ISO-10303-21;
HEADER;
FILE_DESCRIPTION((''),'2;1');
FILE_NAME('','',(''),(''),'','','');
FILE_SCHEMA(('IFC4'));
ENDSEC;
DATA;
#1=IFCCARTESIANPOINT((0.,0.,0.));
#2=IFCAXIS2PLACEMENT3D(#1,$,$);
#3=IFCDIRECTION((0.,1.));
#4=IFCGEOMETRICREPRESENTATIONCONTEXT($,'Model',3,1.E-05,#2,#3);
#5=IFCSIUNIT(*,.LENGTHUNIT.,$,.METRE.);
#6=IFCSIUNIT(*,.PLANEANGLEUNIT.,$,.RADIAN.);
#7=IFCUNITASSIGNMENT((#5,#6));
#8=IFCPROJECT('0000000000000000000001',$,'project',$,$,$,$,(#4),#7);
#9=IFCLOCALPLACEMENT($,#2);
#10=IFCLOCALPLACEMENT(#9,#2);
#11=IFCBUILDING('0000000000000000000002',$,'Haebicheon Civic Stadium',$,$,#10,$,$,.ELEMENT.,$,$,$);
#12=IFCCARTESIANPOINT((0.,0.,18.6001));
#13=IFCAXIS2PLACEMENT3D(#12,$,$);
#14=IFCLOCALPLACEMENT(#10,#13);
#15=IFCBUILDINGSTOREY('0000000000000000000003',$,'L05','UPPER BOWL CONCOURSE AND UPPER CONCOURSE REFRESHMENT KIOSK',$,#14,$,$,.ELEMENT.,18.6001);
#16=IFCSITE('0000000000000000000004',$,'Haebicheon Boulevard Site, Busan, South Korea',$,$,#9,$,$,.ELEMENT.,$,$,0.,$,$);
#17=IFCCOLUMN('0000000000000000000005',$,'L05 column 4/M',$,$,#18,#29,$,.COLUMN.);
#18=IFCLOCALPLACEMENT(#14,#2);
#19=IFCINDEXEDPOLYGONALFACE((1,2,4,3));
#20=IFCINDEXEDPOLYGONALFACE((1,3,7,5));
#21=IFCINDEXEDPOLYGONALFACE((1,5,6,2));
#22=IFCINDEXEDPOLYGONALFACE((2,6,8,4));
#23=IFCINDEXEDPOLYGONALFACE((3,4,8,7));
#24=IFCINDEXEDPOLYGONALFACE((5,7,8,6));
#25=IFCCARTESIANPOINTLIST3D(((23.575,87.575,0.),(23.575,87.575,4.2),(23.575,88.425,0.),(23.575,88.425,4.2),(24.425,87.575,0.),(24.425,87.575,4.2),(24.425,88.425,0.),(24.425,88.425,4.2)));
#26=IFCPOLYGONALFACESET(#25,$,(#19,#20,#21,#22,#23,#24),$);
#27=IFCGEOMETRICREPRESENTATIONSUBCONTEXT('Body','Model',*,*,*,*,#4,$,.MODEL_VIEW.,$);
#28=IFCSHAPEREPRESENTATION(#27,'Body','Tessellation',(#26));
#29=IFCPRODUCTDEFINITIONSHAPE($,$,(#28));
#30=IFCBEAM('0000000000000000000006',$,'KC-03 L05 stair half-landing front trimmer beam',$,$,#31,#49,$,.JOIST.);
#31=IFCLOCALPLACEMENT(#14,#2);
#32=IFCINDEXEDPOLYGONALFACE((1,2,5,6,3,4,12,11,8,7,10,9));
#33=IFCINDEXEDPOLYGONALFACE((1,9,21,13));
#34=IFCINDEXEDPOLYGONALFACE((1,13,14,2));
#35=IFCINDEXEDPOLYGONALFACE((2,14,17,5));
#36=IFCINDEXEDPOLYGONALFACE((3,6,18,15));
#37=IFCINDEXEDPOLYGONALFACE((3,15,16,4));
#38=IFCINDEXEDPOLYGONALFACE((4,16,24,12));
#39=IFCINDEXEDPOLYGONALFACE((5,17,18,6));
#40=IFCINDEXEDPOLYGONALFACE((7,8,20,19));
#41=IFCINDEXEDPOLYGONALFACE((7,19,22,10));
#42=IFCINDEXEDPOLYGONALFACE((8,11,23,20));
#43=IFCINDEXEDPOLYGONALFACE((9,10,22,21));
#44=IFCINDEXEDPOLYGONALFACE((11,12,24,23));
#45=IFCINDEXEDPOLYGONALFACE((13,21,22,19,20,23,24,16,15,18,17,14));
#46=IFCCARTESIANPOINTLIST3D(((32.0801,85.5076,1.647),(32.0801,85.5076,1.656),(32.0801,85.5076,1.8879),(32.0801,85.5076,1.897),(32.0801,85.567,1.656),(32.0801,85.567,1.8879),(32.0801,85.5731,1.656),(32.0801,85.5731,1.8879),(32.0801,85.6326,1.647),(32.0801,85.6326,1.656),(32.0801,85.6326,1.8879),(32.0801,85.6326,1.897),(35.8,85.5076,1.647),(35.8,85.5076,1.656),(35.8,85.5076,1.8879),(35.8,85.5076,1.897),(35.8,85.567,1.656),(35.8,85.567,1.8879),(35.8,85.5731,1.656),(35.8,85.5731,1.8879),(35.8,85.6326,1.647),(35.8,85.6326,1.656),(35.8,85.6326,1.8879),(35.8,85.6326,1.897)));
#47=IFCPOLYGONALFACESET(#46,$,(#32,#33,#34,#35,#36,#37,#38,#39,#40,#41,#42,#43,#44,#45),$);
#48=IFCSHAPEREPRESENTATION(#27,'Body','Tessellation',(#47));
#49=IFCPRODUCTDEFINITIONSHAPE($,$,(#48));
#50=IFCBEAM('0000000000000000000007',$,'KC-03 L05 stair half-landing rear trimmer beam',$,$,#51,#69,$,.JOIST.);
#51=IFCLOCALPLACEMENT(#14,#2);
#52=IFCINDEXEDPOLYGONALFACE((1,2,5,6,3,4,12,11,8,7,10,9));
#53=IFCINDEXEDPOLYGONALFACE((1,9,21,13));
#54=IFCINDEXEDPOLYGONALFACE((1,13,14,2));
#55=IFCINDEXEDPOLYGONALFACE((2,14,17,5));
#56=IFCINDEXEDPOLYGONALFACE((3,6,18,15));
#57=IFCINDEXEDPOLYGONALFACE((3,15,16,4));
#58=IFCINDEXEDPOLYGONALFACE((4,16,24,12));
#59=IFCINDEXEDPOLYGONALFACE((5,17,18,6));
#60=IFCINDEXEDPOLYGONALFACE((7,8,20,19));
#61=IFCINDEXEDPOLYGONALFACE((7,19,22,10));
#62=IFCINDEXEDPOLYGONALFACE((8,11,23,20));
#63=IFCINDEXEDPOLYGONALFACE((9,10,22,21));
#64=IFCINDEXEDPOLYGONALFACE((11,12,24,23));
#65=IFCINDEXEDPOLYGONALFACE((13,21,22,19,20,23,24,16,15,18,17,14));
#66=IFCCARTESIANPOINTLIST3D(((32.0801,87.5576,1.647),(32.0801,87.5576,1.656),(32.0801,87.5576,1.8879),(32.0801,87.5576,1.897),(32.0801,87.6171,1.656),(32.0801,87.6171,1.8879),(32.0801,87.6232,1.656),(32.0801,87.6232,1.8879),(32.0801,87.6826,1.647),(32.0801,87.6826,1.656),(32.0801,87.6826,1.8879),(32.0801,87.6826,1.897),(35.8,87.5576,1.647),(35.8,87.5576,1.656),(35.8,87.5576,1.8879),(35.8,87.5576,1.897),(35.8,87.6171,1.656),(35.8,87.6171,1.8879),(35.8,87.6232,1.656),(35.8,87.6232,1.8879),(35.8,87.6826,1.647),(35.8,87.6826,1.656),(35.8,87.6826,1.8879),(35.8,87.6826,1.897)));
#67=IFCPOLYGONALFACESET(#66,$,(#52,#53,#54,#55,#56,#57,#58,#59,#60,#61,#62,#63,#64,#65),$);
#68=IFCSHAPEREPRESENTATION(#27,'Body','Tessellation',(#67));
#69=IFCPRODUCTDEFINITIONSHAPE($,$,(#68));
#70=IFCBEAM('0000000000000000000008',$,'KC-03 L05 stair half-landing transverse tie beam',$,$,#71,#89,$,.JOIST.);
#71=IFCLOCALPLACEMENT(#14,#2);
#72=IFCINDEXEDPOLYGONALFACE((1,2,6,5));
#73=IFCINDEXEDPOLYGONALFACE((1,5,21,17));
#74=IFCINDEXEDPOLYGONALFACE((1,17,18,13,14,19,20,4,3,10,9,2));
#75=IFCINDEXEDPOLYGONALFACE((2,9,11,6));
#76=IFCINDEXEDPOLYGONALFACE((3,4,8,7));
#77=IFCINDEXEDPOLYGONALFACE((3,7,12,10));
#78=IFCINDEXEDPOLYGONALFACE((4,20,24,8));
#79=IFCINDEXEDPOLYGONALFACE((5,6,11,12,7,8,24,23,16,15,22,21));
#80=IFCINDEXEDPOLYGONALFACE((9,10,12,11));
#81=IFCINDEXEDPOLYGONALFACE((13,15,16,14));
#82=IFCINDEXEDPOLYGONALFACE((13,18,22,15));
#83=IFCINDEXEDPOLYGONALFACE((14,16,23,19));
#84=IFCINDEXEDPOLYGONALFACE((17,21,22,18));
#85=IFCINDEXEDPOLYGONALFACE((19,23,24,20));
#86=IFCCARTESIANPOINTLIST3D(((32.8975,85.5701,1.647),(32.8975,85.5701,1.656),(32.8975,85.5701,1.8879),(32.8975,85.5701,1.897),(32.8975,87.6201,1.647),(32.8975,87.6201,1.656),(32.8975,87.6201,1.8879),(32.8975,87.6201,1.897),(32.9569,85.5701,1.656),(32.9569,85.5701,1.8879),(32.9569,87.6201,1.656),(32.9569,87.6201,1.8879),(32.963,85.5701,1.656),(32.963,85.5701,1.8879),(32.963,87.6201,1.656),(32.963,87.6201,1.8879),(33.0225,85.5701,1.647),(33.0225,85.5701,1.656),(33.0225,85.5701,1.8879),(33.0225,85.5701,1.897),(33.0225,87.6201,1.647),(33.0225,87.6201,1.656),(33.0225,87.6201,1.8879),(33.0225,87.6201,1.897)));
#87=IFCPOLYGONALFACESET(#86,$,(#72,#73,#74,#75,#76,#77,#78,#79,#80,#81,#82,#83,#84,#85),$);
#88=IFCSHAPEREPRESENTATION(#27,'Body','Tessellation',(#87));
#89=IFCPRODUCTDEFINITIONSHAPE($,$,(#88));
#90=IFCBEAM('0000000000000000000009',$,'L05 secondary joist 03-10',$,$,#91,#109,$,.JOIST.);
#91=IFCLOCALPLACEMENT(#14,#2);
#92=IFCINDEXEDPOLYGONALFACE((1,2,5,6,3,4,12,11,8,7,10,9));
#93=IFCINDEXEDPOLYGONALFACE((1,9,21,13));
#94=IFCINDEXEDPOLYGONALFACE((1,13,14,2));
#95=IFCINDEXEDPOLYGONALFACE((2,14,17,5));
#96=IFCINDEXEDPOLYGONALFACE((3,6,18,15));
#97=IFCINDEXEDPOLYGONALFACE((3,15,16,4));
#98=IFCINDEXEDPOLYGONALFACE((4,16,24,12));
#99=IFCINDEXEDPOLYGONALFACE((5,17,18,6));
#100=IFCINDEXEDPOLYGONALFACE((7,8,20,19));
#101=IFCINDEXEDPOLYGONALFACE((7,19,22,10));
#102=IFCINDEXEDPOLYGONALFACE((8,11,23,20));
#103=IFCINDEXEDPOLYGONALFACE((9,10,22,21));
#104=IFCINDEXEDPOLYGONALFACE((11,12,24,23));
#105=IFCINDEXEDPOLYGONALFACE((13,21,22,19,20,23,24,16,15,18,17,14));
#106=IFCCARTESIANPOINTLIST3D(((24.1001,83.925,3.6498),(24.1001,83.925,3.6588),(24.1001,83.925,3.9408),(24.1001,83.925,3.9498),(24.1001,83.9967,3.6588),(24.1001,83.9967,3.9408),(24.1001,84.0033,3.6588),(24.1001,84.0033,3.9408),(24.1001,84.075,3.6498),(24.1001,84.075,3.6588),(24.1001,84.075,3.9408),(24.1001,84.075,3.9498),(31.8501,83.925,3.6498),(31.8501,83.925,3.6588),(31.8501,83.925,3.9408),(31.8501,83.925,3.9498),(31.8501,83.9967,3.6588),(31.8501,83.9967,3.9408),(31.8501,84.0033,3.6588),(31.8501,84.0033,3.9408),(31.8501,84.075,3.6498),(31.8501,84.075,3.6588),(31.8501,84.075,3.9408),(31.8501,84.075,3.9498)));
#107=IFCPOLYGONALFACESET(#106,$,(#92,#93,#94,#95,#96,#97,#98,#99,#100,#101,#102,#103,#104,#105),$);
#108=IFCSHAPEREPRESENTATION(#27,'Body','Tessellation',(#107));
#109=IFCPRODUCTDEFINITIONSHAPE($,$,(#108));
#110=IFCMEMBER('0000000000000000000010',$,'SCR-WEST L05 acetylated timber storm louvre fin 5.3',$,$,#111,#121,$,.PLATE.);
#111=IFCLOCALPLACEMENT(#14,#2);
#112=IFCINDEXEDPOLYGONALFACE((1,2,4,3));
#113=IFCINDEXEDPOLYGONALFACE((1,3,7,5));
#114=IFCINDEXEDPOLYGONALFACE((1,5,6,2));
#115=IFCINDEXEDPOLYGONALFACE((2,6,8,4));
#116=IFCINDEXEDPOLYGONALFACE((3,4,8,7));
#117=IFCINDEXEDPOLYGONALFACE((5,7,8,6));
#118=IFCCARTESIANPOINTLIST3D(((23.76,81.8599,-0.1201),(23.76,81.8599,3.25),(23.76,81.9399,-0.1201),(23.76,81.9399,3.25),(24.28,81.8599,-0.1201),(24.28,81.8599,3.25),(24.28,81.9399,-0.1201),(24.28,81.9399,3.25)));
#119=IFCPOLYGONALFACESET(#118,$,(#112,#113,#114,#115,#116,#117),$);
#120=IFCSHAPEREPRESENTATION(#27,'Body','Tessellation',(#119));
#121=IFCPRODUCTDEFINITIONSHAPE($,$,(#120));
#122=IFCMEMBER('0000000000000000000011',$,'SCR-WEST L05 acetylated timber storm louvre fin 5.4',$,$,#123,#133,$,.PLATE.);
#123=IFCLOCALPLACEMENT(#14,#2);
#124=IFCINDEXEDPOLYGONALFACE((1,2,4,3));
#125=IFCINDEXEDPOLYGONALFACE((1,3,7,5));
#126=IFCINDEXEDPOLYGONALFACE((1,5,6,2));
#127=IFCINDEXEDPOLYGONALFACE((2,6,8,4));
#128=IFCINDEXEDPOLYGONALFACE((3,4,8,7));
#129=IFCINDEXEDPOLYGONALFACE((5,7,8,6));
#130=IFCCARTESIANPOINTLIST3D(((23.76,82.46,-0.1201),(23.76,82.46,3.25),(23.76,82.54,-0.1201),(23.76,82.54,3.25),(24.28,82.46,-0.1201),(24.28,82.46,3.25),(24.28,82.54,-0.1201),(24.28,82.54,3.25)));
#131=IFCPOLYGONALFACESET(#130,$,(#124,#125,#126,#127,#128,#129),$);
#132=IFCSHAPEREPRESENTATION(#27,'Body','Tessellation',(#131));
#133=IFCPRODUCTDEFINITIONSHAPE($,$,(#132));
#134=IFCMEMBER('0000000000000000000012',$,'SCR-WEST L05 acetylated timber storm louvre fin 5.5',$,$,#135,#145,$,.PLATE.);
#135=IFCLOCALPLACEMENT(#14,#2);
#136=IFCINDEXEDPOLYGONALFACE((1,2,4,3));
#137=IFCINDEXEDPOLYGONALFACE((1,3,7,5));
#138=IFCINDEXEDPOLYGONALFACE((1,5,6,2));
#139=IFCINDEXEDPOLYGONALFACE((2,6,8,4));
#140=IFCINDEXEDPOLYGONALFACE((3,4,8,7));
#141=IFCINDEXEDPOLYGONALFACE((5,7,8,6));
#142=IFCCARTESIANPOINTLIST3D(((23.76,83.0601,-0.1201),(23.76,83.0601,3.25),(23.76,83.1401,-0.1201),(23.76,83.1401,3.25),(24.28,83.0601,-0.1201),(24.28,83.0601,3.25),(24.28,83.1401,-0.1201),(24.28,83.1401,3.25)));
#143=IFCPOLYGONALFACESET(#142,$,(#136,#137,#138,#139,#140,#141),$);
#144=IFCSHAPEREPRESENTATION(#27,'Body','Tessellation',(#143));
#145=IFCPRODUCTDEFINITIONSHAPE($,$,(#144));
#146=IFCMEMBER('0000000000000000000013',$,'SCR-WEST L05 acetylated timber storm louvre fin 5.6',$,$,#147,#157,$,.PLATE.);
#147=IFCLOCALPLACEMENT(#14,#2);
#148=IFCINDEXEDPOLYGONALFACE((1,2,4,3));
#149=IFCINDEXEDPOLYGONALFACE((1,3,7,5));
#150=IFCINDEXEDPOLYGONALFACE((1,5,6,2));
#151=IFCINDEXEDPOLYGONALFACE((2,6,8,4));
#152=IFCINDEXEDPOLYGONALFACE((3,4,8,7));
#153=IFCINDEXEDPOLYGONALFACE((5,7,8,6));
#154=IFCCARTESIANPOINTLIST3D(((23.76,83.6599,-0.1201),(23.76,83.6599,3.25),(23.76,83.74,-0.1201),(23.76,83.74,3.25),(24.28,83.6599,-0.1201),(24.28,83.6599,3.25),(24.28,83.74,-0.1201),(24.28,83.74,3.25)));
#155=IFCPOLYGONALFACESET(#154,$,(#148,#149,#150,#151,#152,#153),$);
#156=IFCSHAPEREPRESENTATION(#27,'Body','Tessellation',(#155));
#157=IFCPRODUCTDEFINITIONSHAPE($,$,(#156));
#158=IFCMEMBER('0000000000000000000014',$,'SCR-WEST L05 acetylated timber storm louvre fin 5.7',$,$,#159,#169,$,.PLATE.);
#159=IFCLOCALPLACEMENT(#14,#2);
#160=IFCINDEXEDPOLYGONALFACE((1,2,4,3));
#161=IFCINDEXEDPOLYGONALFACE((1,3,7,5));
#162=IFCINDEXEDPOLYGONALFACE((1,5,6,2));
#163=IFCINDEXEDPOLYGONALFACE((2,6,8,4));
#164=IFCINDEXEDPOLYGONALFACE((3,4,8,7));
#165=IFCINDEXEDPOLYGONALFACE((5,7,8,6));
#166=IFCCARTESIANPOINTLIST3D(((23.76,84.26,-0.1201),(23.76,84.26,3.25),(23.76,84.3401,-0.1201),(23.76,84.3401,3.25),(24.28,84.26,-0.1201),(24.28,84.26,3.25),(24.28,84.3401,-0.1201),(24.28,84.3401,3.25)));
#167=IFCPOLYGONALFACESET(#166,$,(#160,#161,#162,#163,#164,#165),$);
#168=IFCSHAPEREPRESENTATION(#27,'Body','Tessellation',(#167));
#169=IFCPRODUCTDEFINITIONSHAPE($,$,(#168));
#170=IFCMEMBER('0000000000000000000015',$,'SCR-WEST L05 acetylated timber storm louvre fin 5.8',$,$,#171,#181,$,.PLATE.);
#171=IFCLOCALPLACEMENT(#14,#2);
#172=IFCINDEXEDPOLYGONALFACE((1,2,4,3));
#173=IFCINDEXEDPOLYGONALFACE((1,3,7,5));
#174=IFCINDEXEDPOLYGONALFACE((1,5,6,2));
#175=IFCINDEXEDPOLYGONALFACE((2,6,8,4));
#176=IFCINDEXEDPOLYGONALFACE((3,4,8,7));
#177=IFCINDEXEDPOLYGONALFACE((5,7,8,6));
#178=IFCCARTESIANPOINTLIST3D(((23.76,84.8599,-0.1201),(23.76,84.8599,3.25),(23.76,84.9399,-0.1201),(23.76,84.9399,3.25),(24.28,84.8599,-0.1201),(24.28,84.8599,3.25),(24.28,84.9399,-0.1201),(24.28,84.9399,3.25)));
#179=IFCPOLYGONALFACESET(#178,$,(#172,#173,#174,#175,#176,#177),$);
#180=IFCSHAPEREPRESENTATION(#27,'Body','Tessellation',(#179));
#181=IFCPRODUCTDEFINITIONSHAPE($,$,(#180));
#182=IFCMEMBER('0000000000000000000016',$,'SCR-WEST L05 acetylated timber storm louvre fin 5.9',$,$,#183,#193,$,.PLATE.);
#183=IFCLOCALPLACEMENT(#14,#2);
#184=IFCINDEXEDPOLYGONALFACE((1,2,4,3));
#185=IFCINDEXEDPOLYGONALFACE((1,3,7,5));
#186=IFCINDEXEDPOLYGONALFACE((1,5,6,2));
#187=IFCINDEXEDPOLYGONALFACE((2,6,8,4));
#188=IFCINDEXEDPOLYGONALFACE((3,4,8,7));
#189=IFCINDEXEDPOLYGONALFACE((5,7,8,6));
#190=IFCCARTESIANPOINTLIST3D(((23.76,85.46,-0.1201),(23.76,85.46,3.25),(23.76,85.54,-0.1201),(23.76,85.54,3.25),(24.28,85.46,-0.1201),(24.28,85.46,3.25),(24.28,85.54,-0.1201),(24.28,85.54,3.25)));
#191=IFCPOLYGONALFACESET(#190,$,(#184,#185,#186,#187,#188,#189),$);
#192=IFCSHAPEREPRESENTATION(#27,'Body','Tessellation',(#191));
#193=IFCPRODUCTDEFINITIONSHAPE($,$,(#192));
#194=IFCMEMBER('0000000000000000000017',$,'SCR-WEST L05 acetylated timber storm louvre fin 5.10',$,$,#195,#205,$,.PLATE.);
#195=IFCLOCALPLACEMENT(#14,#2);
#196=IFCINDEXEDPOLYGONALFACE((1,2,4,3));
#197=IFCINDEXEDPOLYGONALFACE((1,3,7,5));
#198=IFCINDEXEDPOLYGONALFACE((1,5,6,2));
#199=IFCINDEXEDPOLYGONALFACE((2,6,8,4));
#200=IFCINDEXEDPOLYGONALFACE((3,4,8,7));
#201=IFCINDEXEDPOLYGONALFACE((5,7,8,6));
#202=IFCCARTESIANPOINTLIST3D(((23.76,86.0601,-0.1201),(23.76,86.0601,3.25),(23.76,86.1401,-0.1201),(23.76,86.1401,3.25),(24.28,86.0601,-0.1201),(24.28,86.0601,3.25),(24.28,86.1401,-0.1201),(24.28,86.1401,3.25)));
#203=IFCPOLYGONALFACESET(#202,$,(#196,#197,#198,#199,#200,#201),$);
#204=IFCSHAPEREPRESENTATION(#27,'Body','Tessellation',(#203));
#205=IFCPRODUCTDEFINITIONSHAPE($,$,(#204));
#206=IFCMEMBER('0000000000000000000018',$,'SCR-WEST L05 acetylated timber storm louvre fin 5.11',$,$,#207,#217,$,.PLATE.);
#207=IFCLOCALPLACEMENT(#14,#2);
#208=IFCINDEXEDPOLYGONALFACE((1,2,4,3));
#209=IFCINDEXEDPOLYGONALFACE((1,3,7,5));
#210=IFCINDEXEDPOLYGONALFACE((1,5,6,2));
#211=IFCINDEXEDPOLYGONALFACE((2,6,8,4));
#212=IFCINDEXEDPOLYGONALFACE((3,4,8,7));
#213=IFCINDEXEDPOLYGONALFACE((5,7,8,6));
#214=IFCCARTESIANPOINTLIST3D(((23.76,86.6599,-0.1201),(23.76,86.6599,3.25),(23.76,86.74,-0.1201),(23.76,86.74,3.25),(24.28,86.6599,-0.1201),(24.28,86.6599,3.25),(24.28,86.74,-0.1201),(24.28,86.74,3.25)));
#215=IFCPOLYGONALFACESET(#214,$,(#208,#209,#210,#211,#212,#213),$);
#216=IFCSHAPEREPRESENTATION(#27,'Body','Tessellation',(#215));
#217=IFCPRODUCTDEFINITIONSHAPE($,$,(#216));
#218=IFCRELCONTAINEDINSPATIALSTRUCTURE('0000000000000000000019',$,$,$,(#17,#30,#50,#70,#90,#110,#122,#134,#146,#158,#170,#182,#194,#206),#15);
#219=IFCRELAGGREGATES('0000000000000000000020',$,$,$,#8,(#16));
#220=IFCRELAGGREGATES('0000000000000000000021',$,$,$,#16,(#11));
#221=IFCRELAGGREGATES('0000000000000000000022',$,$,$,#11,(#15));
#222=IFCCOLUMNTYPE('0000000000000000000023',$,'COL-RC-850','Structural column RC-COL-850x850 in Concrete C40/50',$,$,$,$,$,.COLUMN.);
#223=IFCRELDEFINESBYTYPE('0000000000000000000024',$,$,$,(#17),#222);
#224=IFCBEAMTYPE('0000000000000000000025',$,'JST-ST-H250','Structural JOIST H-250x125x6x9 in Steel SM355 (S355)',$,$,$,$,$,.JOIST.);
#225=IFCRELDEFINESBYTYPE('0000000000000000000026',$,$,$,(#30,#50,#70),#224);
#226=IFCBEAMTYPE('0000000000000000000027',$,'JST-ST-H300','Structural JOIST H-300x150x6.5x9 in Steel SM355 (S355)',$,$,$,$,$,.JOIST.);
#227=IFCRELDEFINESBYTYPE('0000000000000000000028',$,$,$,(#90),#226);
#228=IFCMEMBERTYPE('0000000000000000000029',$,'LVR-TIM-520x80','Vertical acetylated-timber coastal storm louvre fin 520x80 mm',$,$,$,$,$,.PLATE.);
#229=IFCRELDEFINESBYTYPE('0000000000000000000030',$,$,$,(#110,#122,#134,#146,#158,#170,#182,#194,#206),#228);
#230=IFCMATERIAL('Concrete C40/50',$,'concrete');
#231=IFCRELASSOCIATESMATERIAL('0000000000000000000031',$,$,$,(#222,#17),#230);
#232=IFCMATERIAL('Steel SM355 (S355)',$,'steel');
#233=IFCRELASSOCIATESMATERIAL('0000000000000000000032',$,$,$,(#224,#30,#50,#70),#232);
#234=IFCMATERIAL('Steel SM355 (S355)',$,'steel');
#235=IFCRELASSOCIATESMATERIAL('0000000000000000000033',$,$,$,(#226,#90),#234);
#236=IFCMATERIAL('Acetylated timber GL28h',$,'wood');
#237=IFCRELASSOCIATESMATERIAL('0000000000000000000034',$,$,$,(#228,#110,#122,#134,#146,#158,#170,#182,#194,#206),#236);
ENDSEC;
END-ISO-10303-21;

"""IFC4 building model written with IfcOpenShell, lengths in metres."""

from ifc_helpers import new_model, si_unit, direction, frame, origin, origin_2d, place, context, subcontext, project, spatial, rectangle, i_section, extrude, material, material_profile, profile_set, type_object, element, save


model = new_model("IFC4")

# Units and contexts
model_context = context("Model", 3, precision=1e-05, world=origin(), true_north=direction((0.0, 1.0)))
body_context = subcontext(model_context, "Body", "Model", "MODEL_VIEW")
ifc_project = project(units=[si_unit("LENGTHUNIT", "METRE"), si_unit("PLANEANGLEUNIT", "RADIAN")], contexts=[model_context])

# Site, building, storey
site_placement = place(None, origin())
site = spatial("IfcSite", under=ifc_project, at=site_placement, Name="Haebicheon Boulevard Site, Busan, South Korea", CompositionType="ELEMENT", RefElevation=0.0)
building_placement = place(site_placement, origin())
building = spatial("IfcBuilding", under=site, at=building_placement, Name="Haebicheon Civic Stadium", CompositionType="ELEMENT")
storey_placement = place(building_placement, frame((0.0, 0.0, 18.6001)))
storey = spatial("IfcBuildingStorey", under=building, at=storey_placement, Name="L05", Description="UPPER BOWL CONCOURSE AND UPPER CONCOURSE REFRESHMENT KIOSK", CompositionType="ELEMENT", Elevation=18.6001)

# Column
ifc_material_1 = material(Name="Concrete C40/50", Category="concrete")
ifc_material_profile_1 = material_profile(ifc_material_1, rectangle(XDim=0.8501, YDim=0.8501, at=origin_2d()), Name="RC-COL-850x850")
ifc_profile_set_1 = profile_set([ifc_material_profile_1], Name="Concrete C40/50")
column_type = type_object("IfcColumnType", Name="COL-RC-850", Description="Structural column RC-COL-850x850 in Concrete C40/50", PredefinedType="COLUMN", material=ifc_profile_set_1)
column_placement = place(storey_placement, frame((24.0, 88.0, 0.0), z_axis=(0.0, 0.0, 1.0), x_axis=(1.0, 0.0, 0.0)))
element("IfcColumn", 1, at=column_placement, inside=storey, type_object=column_type, material=ifc_profile_set_1, Name="L05 column 4/M", PredefinedType="COLUMN", context=body_context, shape_type="SweptSolid", body=[
    extrude(rectangle(XDim=0.8501, YDim=0.8501, at=origin_2d()), origin(), (0.0, 0.0, 1.0), 4.2),
])

# Beams
ifc_material_2 = material(Name="Steel SM355 (S355)", Category="steel")
ifc_material_profile_2 = material_profile(ifc_material_2, i_section(OverallWidth=0.125, OverallDepth=0.25, WebThickness=0.0061, FlangeThickness=0.009, at=origin_2d()), Name="H-250x125x6x9")
ifc_profile_set_2 = profile_set([ifc_material_profile_2], Name="Steel SM355 (S355)")
beam_type_1 = type_object("IfcBeamType", Name="JST-ST-H250", Description="Structural JOIST H-250x125x6x9 in Steel SM355 (S355)", PredefinedType="JOIST", material=ifc_profile_set_2)
for number, where, z_axis, x_axis, name in (
    (2, (32.0801, 85.5701, 1.772), (1.0, 0.0, 0.0), (0.0, 1.0, 0.0), "KC-03 L05 stair half-landing front trimmer beam"),
    (3, (32.0801, 87.6201, 1.772), (1.0, 0.0, 0.0), (0.0, 1.0, 0.0), "KC-03 L05 stair half-landing rear trimmer beam"),
):
    element("IfcBeam", number, at=place(storey_placement, frame(where, z_axis=z_axis, x_axis=x_axis)), inside=storey, type_object=beam_type_1, material=ifc_profile_set_2, Name=name, PredefinedType="JOIST", context=body_context, shape_type="SweptSolid", body=[
        extrude(i_section(OverallWidth=0.125, OverallDepth=0.25, WebThickness=0.0061, FlangeThickness=0.009, at=origin_2d()), origin(), (0.0, 0.0, 1.0), 3.72),
    ])
beam_1_placement = place(storey_placement, frame((32.96, 85.5701, 1.772), z_axis=(0.0, 1.0, 0.0), x_axis=(-1.0, 0.0, 0.0)))
element("IfcBeam", 4, at=beam_1_placement, inside=storey, type_object=beam_type_1, material=ifc_profile_set_2, Name="KC-03 L05 stair half-landing transverse tie beam", PredefinedType="JOIST", context=body_context, shape_type="SweptSolid", body=[
    extrude(i_section(OverallWidth=0.125, OverallDepth=0.25, WebThickness=0.0061, FlangeThickness=0.009, at=origin_2d()), origin(), (0.0, 0.0, 1.0), 2.05),
])
ifc_material_3 = material(Name="Steel SM355 (S355)", Category="steel")
ifc_material_profile_3 = material_profile(ifc_material_3, i_section(OverallWidth=0.1499, OverallDepth=0.3, WebThickness=0.0066, FlangeThickness=0.009, at=origin_2d()), Name="H-300x150x6.5x9")
ifc_profile_set_3 = profile_set([ifc_material_profile_3], Name="Steel SM355 (S355)")
beam_type_2 = type_object("IfcBeamType", Name="JST-ST-H300", Description="Structural JOIST H-300x150x6.5x9 in Steel SM355 (S355)", PredefinedType="JOIST", material=ifc_profile_set_3)
beam_2_placement = place(storey_placement, frame((24.1001, 84.0, 3.7998), z_axis=(1.0, 0.0, 0.0), x_axis=(0.0, 1.0, 0.0)))
element("IfcBeam", 5, at=beam_2_placement, inside=storey, type_object=beam_type_2, material=ifc_profile_set_3, Name="L05 secondary joist 03-10", PredefinedType="JOIST", context=body_context, shape_type="SweptSolid", body=[
    extrude(i_section(OverallWidth=0.1499, OverallDepth=0.3, WebThickness=0.0066, FlangeThickness=0.009, at=origin_2d()), origin(), (0.0, 0.0, 1.0), 7.75),
])

# Members
ifc_material_4 = material(Name="Acetylated timber GL28h", Category="wood")
ifc_material_profile_4 = material_profile(ifc_material_4, rectangle(XDim=0.0801, YDim=0.52, at=origin_2d()), Name="TMB-LOUV-80x520")
ifc_profile_set_4 = profile_set([ifc_material_profile_4], Name="Acetylated timber GL28h")
member_type_1 = type_object("IfcMemberType", Name="LVR-TIM-520x80", Description="Vertical acetylated-timber coastal storm louvre fin 520x80 mm", PredefinedType="PLATE", material=ifc_profile_set_4)
for number, where, z_axis, x_axis, name in (
    (6, (24.02, 81.8999, -0.1201), (0.0, 0.0, 1.0), (0.0, 1.0, 0.0), "SCR-WEST L05 acetylated timber storm louvre fin 5.3"),
    (7, (24.02, 82.5, -0.1201), (0.0, 0.0, 1.0), (0.0, 1.0, 0.0), "SCR-WEST L05 acetylated timber storm louvre fin 5.4"),
    (8, (24.02, 83.1001, -0.1201), (0.0, 0.0, 1.0), (0.0, 1.0, 0.0), "SCR-WEST L05 acetylated timber storm louvre fin 5.5"),
    (9, (24.02, 83.7, -0.1201), (0.0, 0.0, 1.0), (0.0, 1.0, 0.0), "SCR-WEST L05 acetylated timber storm louvre fin 5.6"),
    (10, (24.02, 84.3, -0.1201), (0.0, 0.0, 1.0), (0.0, 1.0, 0.0), "SCR-WEST L05 acetylated timber storm louvre fin 5.7"),
    (11, (24.02, 84.8999, -0.1201), (0.0, 0.0, 1.0), (0.0, 1.0, 0.0), "SCR-WEST L05 acetylated timber storm louvre fin 5.8"),
    (12, (24.02, 85.5, -0.1201), (0.0, 0.0, 1.0), (0.0, 1.0, 0.0), "SCR-WEST L05 acetylated timber storm louvre fin 5.9"),
    (13, (24.02, 86.1001, -0.1201), (0.0, 0.0, 1.0), (0.0, 1.0, 0.0), "SCR-WEST L05 acetylated timber storm louvre fin 5.10"),
    (14, (24.02, 86.7, -0.1201), (0.0, 0.0, 1.0), (0.0, 1.0, 0.0), "SCR-WEST L05 acetylated timber storm louvre fin 5.11"),
):
    element("IfcMember", number, at=place(storey_placement, frame(where, z_axis=z_axis, x_axis=x_axis)), inside=storey, type_object=member_type_1, material=ifc_profile_set_4, Name=name, PredefinedType="PLATE", context=body_context, shape_type="SweptSolid", body=[
        extrude(rectangle(XDim=0.0801, YDim=0.52, at=origin_2d()), origin(), (0.0, 0.0, 1.0), 3.3701),
    ])

save(model, "model.ifc")
